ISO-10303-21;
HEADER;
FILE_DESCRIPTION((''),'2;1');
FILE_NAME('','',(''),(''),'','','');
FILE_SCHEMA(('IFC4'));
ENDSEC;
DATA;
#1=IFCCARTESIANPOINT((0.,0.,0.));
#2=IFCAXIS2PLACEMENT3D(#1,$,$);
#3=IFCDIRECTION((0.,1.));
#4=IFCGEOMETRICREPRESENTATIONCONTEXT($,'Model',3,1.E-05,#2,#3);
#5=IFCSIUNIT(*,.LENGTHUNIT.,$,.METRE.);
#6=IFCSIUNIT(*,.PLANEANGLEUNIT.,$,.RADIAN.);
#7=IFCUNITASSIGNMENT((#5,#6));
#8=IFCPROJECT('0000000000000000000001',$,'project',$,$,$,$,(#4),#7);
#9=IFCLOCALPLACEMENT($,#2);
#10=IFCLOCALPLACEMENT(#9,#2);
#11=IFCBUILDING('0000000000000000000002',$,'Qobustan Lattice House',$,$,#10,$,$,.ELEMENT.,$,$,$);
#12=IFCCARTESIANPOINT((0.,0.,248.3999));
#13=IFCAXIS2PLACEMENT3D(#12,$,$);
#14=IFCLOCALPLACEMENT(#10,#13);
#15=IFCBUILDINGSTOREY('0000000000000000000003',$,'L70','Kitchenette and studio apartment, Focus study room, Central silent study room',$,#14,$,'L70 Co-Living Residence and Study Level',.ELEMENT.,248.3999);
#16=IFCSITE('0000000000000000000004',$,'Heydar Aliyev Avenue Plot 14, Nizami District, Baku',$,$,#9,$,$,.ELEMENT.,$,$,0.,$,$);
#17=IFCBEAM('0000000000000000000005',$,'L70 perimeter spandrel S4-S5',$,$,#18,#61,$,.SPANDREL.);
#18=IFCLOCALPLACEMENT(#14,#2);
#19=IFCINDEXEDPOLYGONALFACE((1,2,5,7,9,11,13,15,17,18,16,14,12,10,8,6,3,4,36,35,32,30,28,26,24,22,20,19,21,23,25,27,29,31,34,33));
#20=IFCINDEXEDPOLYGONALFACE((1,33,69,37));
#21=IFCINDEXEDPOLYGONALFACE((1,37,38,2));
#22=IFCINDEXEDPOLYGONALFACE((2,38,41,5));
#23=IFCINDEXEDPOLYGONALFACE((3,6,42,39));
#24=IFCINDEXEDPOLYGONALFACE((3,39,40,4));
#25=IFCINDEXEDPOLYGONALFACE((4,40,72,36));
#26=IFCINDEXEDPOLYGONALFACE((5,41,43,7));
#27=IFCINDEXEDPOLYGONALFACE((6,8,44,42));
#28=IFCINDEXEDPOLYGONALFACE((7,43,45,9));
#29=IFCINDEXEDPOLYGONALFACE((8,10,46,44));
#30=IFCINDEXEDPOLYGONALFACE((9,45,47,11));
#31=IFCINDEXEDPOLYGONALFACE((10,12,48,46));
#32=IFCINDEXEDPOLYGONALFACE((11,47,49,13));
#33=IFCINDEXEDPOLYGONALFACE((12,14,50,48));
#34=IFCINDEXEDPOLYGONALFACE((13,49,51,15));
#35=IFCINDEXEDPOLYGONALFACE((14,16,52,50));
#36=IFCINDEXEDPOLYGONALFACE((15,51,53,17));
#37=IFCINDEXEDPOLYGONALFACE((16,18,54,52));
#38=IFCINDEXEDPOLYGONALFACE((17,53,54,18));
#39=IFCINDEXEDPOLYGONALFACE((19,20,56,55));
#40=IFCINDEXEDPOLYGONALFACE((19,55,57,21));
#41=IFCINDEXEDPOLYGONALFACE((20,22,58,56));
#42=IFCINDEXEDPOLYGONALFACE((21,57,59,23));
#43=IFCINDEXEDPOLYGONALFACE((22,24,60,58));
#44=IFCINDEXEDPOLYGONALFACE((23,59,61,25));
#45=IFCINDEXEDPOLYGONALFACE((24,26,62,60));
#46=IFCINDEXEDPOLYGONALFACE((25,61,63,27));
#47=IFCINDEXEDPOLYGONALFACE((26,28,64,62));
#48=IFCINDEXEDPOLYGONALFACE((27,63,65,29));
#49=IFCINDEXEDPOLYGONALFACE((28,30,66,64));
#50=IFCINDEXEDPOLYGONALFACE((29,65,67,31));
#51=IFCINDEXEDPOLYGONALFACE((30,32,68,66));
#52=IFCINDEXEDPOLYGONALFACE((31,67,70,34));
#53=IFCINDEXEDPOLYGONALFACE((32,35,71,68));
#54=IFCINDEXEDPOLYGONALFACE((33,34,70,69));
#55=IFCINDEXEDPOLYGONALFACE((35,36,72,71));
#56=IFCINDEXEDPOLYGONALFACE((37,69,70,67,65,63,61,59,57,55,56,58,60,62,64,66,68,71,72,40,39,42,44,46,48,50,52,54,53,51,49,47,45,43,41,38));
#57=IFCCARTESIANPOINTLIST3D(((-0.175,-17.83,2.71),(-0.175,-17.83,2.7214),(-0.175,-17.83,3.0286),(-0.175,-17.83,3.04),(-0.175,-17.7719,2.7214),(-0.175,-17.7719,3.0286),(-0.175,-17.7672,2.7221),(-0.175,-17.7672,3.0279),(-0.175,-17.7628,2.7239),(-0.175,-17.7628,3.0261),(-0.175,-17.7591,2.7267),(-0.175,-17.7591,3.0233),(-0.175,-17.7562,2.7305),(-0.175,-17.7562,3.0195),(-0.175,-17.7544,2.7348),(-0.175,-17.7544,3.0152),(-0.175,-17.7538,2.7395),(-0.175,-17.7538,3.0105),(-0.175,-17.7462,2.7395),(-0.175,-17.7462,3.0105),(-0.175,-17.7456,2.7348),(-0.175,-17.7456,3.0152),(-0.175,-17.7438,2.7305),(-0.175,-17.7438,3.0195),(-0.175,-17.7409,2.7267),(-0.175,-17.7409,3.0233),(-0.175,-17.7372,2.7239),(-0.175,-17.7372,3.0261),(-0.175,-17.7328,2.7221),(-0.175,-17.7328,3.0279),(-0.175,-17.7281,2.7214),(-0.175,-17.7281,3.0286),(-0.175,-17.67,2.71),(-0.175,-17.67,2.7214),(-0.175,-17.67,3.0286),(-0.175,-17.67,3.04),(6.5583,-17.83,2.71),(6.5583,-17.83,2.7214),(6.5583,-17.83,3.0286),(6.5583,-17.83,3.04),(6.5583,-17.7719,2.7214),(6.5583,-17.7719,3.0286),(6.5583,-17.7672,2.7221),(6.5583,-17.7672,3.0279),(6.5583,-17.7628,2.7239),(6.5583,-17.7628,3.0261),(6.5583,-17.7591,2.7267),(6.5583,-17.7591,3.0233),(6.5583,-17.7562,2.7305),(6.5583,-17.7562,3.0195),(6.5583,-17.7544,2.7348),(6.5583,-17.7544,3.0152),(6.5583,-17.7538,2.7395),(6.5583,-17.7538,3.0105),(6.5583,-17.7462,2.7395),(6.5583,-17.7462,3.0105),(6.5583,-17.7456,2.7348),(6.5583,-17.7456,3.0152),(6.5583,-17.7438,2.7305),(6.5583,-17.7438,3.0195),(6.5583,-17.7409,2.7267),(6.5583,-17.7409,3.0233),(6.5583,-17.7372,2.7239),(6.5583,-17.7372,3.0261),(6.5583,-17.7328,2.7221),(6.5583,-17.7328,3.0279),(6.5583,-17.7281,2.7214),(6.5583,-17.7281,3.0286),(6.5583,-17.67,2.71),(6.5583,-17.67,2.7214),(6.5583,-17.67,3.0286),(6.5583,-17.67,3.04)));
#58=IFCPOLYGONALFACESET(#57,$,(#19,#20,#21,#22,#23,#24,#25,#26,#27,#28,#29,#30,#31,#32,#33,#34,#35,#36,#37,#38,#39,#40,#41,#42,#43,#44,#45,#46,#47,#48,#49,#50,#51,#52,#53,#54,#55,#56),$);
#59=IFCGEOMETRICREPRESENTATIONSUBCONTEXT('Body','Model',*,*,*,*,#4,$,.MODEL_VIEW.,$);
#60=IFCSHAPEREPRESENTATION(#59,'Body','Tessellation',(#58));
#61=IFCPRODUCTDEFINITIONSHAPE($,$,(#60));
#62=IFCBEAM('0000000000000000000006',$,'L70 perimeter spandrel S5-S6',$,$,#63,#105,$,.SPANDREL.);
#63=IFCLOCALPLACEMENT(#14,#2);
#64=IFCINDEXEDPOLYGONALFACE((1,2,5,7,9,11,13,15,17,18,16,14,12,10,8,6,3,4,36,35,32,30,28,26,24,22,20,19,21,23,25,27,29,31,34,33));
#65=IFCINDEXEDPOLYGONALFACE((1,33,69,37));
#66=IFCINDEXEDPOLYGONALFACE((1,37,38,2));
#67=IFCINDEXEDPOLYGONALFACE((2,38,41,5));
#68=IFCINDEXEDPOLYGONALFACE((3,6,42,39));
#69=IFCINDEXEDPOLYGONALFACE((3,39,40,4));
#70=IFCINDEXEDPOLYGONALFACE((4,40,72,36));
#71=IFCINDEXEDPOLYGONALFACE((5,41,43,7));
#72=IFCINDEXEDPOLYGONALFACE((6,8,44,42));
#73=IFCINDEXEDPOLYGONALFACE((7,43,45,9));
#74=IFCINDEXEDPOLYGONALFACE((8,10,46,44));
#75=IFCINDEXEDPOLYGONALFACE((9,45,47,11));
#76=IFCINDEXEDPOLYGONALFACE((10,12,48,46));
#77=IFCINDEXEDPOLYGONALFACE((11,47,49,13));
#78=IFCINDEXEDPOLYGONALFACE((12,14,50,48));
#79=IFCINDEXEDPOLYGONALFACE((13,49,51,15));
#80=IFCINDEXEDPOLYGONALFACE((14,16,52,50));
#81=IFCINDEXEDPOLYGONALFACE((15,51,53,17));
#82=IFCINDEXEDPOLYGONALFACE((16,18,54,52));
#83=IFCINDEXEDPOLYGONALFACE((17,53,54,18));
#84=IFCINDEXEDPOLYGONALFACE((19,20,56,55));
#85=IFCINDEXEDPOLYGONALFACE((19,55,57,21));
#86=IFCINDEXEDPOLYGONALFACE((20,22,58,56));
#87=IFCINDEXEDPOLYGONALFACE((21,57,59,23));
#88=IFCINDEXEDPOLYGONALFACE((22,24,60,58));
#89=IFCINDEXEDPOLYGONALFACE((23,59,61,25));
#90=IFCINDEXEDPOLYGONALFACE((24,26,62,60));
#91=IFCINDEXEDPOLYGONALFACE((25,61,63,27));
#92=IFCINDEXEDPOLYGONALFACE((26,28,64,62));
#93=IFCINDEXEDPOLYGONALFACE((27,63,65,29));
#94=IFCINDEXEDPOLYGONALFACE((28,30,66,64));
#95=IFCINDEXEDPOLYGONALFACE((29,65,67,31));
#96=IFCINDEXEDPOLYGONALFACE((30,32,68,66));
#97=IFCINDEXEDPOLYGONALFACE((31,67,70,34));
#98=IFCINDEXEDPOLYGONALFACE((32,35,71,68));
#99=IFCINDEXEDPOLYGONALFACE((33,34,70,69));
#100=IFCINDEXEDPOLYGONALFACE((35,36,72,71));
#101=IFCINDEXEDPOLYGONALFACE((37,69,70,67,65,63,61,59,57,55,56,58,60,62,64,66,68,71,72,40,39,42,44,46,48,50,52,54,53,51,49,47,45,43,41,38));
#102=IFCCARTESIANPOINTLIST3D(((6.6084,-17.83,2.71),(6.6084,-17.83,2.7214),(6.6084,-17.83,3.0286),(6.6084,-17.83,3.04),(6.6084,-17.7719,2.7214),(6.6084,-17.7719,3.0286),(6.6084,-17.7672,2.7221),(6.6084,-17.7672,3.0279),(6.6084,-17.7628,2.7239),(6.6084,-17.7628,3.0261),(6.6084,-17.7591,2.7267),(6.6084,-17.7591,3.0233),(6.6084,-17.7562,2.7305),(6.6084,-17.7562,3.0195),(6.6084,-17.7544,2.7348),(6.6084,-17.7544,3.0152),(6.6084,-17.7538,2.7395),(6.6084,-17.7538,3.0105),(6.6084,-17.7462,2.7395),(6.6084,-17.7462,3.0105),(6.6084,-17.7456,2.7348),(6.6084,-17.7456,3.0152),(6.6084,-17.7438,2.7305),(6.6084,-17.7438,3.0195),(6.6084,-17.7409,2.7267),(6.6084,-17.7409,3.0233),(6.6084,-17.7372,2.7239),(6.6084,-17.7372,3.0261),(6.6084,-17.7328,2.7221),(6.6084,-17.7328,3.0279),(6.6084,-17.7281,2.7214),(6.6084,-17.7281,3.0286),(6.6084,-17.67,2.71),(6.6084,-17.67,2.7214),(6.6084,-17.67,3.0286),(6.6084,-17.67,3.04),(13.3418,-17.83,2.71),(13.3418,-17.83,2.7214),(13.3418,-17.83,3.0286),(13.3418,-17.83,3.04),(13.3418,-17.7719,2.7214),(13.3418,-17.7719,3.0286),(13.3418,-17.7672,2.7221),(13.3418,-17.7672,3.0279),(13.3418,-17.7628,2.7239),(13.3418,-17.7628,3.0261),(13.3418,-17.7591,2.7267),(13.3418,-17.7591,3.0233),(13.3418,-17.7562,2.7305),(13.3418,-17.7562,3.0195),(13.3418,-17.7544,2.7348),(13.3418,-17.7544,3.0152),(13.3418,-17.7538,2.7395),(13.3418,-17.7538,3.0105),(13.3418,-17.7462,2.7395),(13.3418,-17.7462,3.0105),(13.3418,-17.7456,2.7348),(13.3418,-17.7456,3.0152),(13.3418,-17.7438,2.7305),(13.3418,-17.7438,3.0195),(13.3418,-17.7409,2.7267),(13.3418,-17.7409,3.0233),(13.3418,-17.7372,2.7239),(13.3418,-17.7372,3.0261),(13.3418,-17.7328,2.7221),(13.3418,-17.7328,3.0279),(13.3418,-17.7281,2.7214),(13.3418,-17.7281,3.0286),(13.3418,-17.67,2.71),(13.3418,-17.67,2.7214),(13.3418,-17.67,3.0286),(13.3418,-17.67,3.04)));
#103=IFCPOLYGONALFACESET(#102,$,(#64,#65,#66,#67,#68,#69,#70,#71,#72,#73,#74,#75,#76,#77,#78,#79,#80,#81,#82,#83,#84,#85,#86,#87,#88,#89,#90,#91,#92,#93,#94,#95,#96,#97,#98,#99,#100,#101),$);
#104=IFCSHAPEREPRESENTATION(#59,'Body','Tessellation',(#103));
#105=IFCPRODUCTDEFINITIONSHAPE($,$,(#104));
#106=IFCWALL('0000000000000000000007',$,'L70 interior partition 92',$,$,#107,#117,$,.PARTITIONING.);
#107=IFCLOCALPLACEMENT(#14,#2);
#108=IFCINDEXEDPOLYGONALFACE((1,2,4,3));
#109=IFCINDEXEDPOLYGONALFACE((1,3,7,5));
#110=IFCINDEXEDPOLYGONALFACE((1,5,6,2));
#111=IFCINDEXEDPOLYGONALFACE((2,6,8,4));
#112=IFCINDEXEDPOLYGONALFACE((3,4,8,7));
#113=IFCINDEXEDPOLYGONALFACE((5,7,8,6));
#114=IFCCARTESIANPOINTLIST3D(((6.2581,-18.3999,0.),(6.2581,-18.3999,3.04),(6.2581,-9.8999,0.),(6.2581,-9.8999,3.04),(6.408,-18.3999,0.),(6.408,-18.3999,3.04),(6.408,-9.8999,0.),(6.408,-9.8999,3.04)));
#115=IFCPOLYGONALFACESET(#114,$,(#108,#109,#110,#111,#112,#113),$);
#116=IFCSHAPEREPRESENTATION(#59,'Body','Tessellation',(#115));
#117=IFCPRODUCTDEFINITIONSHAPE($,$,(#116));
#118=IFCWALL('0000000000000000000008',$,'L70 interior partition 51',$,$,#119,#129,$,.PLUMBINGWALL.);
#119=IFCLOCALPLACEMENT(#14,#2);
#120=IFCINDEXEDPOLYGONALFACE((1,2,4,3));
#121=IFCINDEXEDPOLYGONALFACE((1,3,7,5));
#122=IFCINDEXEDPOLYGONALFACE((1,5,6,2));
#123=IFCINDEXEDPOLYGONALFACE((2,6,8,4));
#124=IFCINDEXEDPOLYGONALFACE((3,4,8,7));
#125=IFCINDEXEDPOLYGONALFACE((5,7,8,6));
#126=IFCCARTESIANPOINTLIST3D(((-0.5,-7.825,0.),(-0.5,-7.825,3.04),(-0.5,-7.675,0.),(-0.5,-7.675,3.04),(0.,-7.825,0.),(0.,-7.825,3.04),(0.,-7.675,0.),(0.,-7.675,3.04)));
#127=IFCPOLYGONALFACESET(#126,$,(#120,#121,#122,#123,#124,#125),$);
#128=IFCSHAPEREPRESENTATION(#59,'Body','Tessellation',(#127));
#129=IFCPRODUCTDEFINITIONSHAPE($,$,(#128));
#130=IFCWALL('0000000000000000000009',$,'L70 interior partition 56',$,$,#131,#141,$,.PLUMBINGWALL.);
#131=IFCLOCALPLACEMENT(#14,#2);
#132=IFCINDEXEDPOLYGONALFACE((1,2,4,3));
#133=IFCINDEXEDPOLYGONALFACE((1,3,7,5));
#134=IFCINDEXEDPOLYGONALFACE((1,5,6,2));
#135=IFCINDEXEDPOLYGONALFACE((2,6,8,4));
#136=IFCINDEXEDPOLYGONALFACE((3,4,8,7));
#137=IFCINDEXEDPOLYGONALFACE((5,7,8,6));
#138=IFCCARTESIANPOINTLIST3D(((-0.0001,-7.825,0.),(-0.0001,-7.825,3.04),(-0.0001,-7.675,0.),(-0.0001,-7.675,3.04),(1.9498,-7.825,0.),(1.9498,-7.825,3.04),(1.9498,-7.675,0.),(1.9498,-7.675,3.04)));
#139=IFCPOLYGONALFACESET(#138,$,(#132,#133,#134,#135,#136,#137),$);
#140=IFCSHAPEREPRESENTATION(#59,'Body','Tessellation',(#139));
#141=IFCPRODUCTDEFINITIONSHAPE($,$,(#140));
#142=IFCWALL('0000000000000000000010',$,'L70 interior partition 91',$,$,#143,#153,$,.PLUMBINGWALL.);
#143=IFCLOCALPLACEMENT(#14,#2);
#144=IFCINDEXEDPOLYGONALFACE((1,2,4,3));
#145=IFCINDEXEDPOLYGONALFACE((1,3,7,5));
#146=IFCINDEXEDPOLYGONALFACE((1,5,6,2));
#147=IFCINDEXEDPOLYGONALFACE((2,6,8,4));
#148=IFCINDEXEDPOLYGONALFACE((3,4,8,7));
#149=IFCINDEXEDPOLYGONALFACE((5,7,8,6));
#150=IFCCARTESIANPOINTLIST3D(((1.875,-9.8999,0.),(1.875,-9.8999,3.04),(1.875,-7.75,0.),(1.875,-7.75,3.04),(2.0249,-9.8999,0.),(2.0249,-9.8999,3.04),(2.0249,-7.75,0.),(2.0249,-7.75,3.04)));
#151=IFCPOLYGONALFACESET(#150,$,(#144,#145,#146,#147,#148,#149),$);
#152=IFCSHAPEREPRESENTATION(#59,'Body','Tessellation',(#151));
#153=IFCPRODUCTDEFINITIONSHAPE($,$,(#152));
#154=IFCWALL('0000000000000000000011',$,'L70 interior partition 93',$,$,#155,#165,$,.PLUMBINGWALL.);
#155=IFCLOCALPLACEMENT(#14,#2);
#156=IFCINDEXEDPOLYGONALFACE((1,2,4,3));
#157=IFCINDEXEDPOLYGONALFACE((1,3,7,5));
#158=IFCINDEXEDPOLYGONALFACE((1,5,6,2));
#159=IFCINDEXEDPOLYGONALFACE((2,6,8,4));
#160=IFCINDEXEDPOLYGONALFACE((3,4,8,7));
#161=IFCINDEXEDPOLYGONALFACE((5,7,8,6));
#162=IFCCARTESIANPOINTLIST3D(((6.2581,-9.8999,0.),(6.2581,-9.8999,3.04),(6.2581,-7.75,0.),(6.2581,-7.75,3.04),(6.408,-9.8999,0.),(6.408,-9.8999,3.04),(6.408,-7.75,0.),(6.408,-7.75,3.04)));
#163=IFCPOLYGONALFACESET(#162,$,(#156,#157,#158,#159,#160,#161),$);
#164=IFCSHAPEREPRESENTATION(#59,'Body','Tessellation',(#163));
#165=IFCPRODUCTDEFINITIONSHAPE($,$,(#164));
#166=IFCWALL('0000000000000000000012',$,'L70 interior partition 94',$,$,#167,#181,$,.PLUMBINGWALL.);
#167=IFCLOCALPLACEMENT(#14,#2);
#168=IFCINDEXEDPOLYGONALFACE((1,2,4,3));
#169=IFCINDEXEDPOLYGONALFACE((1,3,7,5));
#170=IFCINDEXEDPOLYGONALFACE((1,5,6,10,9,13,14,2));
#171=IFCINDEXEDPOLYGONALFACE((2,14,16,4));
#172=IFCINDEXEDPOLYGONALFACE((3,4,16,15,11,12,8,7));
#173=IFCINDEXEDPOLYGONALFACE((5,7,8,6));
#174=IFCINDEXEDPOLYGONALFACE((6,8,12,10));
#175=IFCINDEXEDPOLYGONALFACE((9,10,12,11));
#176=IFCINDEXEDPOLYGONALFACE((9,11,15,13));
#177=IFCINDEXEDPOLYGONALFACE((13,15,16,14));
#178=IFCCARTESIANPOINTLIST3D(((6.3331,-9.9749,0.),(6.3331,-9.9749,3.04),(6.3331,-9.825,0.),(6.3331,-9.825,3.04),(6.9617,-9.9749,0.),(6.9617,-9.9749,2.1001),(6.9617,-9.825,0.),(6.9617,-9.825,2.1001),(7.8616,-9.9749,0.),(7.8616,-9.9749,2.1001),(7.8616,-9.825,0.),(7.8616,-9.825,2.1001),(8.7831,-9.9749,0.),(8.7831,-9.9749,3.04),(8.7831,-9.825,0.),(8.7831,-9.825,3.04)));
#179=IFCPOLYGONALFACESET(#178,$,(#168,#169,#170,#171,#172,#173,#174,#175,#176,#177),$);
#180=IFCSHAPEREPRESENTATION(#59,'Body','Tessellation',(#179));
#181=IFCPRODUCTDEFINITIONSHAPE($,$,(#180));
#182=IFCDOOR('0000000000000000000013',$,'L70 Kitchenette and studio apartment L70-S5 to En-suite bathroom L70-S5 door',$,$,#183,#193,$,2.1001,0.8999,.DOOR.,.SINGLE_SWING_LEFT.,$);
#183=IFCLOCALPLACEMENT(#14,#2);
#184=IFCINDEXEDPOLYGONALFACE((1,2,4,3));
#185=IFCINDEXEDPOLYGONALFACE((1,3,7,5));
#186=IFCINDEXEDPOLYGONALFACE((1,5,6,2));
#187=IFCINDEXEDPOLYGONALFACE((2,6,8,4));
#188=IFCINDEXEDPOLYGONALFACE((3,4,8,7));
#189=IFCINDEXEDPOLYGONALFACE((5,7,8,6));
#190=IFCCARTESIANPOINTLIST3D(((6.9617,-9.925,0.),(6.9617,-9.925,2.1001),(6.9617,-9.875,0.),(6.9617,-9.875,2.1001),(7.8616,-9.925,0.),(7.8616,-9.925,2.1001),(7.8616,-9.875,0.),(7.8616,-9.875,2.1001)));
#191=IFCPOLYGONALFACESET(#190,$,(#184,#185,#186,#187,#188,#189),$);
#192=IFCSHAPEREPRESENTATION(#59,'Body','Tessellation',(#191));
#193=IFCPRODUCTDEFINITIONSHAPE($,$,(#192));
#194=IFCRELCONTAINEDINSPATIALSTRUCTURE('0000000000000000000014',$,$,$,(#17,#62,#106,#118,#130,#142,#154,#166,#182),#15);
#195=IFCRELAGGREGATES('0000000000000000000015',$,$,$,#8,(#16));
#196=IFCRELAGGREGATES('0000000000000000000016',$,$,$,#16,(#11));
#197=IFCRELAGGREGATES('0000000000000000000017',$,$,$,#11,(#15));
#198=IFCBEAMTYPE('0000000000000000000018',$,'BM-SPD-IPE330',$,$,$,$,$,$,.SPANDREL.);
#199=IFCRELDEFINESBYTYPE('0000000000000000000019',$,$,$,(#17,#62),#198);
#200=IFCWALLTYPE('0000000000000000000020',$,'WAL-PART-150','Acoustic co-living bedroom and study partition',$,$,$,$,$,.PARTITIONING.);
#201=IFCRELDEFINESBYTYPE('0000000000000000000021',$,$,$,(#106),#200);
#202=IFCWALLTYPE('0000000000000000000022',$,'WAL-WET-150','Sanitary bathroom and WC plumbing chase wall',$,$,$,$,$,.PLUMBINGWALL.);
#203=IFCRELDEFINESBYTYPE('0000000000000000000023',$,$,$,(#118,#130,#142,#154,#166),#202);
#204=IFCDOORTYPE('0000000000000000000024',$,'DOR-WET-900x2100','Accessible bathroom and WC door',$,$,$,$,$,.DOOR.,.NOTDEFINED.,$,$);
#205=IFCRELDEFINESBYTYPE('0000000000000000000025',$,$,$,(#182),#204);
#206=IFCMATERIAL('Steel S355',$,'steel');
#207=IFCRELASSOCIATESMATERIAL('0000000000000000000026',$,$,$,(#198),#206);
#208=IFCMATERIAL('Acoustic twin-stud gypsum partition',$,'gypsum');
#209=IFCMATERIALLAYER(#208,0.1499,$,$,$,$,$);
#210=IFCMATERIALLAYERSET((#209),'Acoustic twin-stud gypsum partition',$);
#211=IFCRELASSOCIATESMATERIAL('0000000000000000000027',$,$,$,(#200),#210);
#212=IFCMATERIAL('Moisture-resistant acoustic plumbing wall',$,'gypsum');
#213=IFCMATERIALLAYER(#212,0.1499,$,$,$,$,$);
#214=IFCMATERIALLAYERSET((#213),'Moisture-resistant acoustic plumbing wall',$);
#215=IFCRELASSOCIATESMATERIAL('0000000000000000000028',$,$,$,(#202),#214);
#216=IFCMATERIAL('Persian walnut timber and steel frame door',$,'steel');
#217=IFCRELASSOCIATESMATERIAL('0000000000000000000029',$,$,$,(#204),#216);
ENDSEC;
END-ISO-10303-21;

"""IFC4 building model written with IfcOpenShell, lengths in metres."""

from ifc_helpers import new_model, si_unit, direction, frame, frame_2d, origin, origin_2d, place, context, subcontext, project, spatial, rectangle, i_section, extrude, material, layer, layer_set, material_profile, profile_set, type_object, element, fill, save


model = new_model("IFC4")

# Units and contexts
model_context = context("Model", 3, precision=1e-05, world=origin(), true_north=direction((0.0, 1.0)))
body_context = subcontext(model_context, "Body", "Model", "MODEL_VIEW")
ifc_project = project(units=[si_unit("LENGTHUNIT", "METRE"), si_unit("PLANEANGLEUNIT", "RADIAN")], contexts=[model_context])

# Site, building, storey
site_placement = place(None, origin())
site = spatial("IfcSite", under=ifc_project, at=site_placement, Name="Heydar Aliyev Avenue Plot 14, Nizami District, Baku", CompositionType="ELEMENT", RefElevation=0.0)
building_placement = place(site_placement, origin())
building = spatial("IfcBuilding", under=site, at=building_placement, Name="Qobustan Lattice House", CompositionType="ELEMENT")
storey_placement = place(building_placement, frame((0.0, 0.0, 248.3999)))
storey = spatial("IfcBuildingStorey", under=building, at=storey_placement, Name="L70", Description="Kitchenette and studio apartment, Focus study room, Central silent study room", LongName="L70 Co-Living Residence and Study Level", CompositionType="ELEMENT", Elevation=248.3999)

# Beams
ifc_material_1 = material(Name="Steel S355", Category="steel")
ifc_material_profile_1 = material_profile(ifc_material_1, i_section(OverallWidth=0.1599, OverallDepth=0.3301, WebThickness=0.0076, FlangeThickness=0.0115, FilletRadius=0.0181, at=origin_2d()), Name="IPE330")
ifc_profile_set_1 = profile_set([ifc_material_profile_1], Name="Steel S355")
beam_type_1 = type_object("IfcBeamType", Name="BM-SPD-IPE330", PredefinedType="SPANDREL", material=ifc_profile_set_1)
for number, where, z_axis, x_axis, name in (
    (1, (-0.175, -17.75, 2.875), (1.0, 0.0, 0.0), (0.0, 1.0, 0.0), "L70 perimeter spandrel S4-S5"),
    (2, (6.6084, -17.75, 2.875), (1.0, 0.0, 0.0), (0.0, 1.0, 0.0), "L70 perimeter spandrel S5-S6"),
):
    element("IfcBeam", number, at=place(storey_placement, frame(where, z_axis=z_axis, x_axis=x_axis)), inside=storey, type_object=beam_type_1, Name=name, PredefinedType="SPANDREL", context=body_context, shape_type="SweptSolid", body=[
        extrude(i_section(OverallWidth=0.1599, OverallDepth=0.3301, WebThickness=0.0076, FlangeThickness=0.0115, FilletRadius=0.0181, at=origin_2d()), origin(), (0.0, 0.0, 1.0), 6.7334),
    ])

# Walls
ifc_material_2 = material(Name="Acoustic twin-stud gypsum partition", Category="gypsum")
ifc_layer_1 = layer(ifc_material_2, 0.1499)
ifc_layer_set_1 = layer_set([ifc_layer_1], Name="Acoustic twin-stud gypsum partition")
wall_type_1 = type_object("IfcWallType", Name="WAL-PART-150", Description="Acoustic co-living bedroom and study partition", PredefinedType="PARTITIONING", material=ifc_layer_set_1)
wall_1_placement = place(storey_placement, frame((6.333, -9.8999, 0.0), z_axis=(0.0, 0.0, 1.0), x_axis=(0.0, -1.0, 0.0)))
element("IfcWall", 3, at=wall_1_placement, inside=storey, type_object=wall_type_1, Name="L70 interior partition 92", PredefinedType="PARTITIONING", context=body_context, shape_type="SweptSolid", body=[
    extrude(rectangle(XDim=8.5, YDim=0.1499, at=frame_2d((4.25, 0.0))), origin(), (0.0, 0.0, 1.0), 3.04),
])
ifc_material_3 = material(Name="Moisture-resistant acoustic plumbing wall", Category="gypsum")
ifc_layer_2 = layer(ifc_material_3, 0.1499)
ifc_layer_set_2 = layer_set([ifc_layer_2], Name="Moisture-resistant acoustic plumbing wall")
wall_type_2 = type_object("IfcWallType", Name="WAL-WET-150", Description="Sanitary bathroom and WC plumbing chase wall", PredefinedType="PLUMBINGWALL", material=ifc_layer_set_2)
wall_2_placement = place(storey_placement, frame((0.0, -7.75, 0.0), z_axis=(0.0, 0.0, 1.0), x_axis=(-1.0, 0.0, 0.0)))
element("IfcWall", 4, at=wall_2_placement, inside=storey, type_object=wall_type_2, Name="L70 interior partition 51", PredefinedType="PLUMBINGWALL", context=body_context, shape_type="SweptSolid", body=[
    extrude(rectangle(XDim=0.5, YDim=0.1499, at=frame_2d((0.25, 0.0))), origin(), (0.0, 0.0, 1.0), 3.04),
])
wall_3_placement = place(storey_placement, frame((1.95, -7.75, 0.0), z_axis=(0.0, 0.0, 1.0), x_axis=(-1.0, 0.0, 0.0)))
element("IfcWall", 5, at=wall_3_placement, inside=storey, type_object=wall_type_2, Name="L70 interior partition 56", PredefinedType="PLUMBINGWALL", context=body_context, shape_type="SweptSolid", body=[
    extrude(rectangle(XDim=1.95, YDim=0.1499, at=frame_2d((0.9751, 0.0))), origin(), (0.0, 0.0, 1.0), 3.04),
])
for number, where, z_axis, x_axis, name in (
    (6, (1.95, -9.8999, 0.0), (0.0, 0.0, 1.0), (0.0, 1.0, 0.0), "L70 interior partition 91"),
    (7, (6.333, -7.75, 0.0), (0.0, 0.0, 1.0), (0.0, -1.0, 0.0), "L70 interior partition 93"),
):
    element("IfcWall", number, at=place(storey_placement, frame(where, z_axis=z_axis, x_axis=x_axis)), inside=storey, type_object=wall_type_2, Name=name, PredefinedType="PLUMBINGWALL", context=body_context, shape_type="SweptSolid", body=[
        extrude(rectangle(XDim=2.1499, YDim=0.1499, at=frame_2d((1.075, 0.0))), origin(), (0.0, 0.0, 1.0), 3.04),
    ])

# Wall, opening, door
wall_4_placement = place(storey_placement, frame((6.333, -9.8999, 0.0), z_axis=(0.0, 0.0, 1.0), x_axis=(1.0, 0.0, 0.0)))
wall_4 = element("IfcWall", 8, at=wall_4_placement, inside=storey, type_object=wall_type_2, Name="L70 interior partition 94", PredefinedType="PLUMBINGWALL", context=body_context, shape_type="SweptSolid", body=[
    extrude(rectangle(XDim=2.45, YDim=0.1499, at=frame_2d((1.2251, 0.0))), origin(), (0.0, 0.0, 1.0), 3.04),
])
opening_1_placement = place(wall_4_placement, frame((0.6287, 0.0, 0.0)))
opening_1 = element("IfcOpeningElement", 9, at=opening_1_placement, cuts=wall_4, PredefinedType="OPENING", context=body_context, shape_type="SweptSolid", body=[
    extrude(rectangle(XDim=0.8999, YDim=2.1001, at=frame_2d((0.45, 1.05))), frame((0.0, 0.085, 0.0), z_axis=(0.0, -1.0, 0.0), x_axis=(1.0, 0.0, 0.0)), (0.0, 0.0, 1.0), 0.1699),
])
ifc_material_4 = material(Name="Persian walnut timber and steel frame door", Category="steel")
door_type_1 = type_object("IfcDoorType", Name="DOR-WET-900x2100", Description="Accessible bathroom and WC door", OperationType="NOTDEFINED", PredefinedType="DOOR", material=ifc_material_4)
door_1_placement = place(opening_1_placement, origin())
door_1 = element("IfcDoor", 10, at=door_1_placement, inside=storey, type_object=door_type_1, Name="L70 Kitchenette and studio apartment L70-S5 to En-suite bathroom L70-S5 door", OperationType="SINGLE_SWING_LEFT", OverallHeight=2.1001, OverallWidth=0.8999, PredefinedType="DOOR", context=body_context, shape_type="SweptSolid", body=[
    extrude(rectangle(XDim=0.8999, YDim=2.1001, at=frame_2d((0.45, 1.05))), frame((0.0, 0.0249, 0.0), z_axis=(0.0, -1.0, 0.0), x_axis=(1.0, 0.0, 0.0)), (0.0, 0.0, 1.0), 0.05),
])
fill(opening_1, door_1)

save(model, "model.ifc")
